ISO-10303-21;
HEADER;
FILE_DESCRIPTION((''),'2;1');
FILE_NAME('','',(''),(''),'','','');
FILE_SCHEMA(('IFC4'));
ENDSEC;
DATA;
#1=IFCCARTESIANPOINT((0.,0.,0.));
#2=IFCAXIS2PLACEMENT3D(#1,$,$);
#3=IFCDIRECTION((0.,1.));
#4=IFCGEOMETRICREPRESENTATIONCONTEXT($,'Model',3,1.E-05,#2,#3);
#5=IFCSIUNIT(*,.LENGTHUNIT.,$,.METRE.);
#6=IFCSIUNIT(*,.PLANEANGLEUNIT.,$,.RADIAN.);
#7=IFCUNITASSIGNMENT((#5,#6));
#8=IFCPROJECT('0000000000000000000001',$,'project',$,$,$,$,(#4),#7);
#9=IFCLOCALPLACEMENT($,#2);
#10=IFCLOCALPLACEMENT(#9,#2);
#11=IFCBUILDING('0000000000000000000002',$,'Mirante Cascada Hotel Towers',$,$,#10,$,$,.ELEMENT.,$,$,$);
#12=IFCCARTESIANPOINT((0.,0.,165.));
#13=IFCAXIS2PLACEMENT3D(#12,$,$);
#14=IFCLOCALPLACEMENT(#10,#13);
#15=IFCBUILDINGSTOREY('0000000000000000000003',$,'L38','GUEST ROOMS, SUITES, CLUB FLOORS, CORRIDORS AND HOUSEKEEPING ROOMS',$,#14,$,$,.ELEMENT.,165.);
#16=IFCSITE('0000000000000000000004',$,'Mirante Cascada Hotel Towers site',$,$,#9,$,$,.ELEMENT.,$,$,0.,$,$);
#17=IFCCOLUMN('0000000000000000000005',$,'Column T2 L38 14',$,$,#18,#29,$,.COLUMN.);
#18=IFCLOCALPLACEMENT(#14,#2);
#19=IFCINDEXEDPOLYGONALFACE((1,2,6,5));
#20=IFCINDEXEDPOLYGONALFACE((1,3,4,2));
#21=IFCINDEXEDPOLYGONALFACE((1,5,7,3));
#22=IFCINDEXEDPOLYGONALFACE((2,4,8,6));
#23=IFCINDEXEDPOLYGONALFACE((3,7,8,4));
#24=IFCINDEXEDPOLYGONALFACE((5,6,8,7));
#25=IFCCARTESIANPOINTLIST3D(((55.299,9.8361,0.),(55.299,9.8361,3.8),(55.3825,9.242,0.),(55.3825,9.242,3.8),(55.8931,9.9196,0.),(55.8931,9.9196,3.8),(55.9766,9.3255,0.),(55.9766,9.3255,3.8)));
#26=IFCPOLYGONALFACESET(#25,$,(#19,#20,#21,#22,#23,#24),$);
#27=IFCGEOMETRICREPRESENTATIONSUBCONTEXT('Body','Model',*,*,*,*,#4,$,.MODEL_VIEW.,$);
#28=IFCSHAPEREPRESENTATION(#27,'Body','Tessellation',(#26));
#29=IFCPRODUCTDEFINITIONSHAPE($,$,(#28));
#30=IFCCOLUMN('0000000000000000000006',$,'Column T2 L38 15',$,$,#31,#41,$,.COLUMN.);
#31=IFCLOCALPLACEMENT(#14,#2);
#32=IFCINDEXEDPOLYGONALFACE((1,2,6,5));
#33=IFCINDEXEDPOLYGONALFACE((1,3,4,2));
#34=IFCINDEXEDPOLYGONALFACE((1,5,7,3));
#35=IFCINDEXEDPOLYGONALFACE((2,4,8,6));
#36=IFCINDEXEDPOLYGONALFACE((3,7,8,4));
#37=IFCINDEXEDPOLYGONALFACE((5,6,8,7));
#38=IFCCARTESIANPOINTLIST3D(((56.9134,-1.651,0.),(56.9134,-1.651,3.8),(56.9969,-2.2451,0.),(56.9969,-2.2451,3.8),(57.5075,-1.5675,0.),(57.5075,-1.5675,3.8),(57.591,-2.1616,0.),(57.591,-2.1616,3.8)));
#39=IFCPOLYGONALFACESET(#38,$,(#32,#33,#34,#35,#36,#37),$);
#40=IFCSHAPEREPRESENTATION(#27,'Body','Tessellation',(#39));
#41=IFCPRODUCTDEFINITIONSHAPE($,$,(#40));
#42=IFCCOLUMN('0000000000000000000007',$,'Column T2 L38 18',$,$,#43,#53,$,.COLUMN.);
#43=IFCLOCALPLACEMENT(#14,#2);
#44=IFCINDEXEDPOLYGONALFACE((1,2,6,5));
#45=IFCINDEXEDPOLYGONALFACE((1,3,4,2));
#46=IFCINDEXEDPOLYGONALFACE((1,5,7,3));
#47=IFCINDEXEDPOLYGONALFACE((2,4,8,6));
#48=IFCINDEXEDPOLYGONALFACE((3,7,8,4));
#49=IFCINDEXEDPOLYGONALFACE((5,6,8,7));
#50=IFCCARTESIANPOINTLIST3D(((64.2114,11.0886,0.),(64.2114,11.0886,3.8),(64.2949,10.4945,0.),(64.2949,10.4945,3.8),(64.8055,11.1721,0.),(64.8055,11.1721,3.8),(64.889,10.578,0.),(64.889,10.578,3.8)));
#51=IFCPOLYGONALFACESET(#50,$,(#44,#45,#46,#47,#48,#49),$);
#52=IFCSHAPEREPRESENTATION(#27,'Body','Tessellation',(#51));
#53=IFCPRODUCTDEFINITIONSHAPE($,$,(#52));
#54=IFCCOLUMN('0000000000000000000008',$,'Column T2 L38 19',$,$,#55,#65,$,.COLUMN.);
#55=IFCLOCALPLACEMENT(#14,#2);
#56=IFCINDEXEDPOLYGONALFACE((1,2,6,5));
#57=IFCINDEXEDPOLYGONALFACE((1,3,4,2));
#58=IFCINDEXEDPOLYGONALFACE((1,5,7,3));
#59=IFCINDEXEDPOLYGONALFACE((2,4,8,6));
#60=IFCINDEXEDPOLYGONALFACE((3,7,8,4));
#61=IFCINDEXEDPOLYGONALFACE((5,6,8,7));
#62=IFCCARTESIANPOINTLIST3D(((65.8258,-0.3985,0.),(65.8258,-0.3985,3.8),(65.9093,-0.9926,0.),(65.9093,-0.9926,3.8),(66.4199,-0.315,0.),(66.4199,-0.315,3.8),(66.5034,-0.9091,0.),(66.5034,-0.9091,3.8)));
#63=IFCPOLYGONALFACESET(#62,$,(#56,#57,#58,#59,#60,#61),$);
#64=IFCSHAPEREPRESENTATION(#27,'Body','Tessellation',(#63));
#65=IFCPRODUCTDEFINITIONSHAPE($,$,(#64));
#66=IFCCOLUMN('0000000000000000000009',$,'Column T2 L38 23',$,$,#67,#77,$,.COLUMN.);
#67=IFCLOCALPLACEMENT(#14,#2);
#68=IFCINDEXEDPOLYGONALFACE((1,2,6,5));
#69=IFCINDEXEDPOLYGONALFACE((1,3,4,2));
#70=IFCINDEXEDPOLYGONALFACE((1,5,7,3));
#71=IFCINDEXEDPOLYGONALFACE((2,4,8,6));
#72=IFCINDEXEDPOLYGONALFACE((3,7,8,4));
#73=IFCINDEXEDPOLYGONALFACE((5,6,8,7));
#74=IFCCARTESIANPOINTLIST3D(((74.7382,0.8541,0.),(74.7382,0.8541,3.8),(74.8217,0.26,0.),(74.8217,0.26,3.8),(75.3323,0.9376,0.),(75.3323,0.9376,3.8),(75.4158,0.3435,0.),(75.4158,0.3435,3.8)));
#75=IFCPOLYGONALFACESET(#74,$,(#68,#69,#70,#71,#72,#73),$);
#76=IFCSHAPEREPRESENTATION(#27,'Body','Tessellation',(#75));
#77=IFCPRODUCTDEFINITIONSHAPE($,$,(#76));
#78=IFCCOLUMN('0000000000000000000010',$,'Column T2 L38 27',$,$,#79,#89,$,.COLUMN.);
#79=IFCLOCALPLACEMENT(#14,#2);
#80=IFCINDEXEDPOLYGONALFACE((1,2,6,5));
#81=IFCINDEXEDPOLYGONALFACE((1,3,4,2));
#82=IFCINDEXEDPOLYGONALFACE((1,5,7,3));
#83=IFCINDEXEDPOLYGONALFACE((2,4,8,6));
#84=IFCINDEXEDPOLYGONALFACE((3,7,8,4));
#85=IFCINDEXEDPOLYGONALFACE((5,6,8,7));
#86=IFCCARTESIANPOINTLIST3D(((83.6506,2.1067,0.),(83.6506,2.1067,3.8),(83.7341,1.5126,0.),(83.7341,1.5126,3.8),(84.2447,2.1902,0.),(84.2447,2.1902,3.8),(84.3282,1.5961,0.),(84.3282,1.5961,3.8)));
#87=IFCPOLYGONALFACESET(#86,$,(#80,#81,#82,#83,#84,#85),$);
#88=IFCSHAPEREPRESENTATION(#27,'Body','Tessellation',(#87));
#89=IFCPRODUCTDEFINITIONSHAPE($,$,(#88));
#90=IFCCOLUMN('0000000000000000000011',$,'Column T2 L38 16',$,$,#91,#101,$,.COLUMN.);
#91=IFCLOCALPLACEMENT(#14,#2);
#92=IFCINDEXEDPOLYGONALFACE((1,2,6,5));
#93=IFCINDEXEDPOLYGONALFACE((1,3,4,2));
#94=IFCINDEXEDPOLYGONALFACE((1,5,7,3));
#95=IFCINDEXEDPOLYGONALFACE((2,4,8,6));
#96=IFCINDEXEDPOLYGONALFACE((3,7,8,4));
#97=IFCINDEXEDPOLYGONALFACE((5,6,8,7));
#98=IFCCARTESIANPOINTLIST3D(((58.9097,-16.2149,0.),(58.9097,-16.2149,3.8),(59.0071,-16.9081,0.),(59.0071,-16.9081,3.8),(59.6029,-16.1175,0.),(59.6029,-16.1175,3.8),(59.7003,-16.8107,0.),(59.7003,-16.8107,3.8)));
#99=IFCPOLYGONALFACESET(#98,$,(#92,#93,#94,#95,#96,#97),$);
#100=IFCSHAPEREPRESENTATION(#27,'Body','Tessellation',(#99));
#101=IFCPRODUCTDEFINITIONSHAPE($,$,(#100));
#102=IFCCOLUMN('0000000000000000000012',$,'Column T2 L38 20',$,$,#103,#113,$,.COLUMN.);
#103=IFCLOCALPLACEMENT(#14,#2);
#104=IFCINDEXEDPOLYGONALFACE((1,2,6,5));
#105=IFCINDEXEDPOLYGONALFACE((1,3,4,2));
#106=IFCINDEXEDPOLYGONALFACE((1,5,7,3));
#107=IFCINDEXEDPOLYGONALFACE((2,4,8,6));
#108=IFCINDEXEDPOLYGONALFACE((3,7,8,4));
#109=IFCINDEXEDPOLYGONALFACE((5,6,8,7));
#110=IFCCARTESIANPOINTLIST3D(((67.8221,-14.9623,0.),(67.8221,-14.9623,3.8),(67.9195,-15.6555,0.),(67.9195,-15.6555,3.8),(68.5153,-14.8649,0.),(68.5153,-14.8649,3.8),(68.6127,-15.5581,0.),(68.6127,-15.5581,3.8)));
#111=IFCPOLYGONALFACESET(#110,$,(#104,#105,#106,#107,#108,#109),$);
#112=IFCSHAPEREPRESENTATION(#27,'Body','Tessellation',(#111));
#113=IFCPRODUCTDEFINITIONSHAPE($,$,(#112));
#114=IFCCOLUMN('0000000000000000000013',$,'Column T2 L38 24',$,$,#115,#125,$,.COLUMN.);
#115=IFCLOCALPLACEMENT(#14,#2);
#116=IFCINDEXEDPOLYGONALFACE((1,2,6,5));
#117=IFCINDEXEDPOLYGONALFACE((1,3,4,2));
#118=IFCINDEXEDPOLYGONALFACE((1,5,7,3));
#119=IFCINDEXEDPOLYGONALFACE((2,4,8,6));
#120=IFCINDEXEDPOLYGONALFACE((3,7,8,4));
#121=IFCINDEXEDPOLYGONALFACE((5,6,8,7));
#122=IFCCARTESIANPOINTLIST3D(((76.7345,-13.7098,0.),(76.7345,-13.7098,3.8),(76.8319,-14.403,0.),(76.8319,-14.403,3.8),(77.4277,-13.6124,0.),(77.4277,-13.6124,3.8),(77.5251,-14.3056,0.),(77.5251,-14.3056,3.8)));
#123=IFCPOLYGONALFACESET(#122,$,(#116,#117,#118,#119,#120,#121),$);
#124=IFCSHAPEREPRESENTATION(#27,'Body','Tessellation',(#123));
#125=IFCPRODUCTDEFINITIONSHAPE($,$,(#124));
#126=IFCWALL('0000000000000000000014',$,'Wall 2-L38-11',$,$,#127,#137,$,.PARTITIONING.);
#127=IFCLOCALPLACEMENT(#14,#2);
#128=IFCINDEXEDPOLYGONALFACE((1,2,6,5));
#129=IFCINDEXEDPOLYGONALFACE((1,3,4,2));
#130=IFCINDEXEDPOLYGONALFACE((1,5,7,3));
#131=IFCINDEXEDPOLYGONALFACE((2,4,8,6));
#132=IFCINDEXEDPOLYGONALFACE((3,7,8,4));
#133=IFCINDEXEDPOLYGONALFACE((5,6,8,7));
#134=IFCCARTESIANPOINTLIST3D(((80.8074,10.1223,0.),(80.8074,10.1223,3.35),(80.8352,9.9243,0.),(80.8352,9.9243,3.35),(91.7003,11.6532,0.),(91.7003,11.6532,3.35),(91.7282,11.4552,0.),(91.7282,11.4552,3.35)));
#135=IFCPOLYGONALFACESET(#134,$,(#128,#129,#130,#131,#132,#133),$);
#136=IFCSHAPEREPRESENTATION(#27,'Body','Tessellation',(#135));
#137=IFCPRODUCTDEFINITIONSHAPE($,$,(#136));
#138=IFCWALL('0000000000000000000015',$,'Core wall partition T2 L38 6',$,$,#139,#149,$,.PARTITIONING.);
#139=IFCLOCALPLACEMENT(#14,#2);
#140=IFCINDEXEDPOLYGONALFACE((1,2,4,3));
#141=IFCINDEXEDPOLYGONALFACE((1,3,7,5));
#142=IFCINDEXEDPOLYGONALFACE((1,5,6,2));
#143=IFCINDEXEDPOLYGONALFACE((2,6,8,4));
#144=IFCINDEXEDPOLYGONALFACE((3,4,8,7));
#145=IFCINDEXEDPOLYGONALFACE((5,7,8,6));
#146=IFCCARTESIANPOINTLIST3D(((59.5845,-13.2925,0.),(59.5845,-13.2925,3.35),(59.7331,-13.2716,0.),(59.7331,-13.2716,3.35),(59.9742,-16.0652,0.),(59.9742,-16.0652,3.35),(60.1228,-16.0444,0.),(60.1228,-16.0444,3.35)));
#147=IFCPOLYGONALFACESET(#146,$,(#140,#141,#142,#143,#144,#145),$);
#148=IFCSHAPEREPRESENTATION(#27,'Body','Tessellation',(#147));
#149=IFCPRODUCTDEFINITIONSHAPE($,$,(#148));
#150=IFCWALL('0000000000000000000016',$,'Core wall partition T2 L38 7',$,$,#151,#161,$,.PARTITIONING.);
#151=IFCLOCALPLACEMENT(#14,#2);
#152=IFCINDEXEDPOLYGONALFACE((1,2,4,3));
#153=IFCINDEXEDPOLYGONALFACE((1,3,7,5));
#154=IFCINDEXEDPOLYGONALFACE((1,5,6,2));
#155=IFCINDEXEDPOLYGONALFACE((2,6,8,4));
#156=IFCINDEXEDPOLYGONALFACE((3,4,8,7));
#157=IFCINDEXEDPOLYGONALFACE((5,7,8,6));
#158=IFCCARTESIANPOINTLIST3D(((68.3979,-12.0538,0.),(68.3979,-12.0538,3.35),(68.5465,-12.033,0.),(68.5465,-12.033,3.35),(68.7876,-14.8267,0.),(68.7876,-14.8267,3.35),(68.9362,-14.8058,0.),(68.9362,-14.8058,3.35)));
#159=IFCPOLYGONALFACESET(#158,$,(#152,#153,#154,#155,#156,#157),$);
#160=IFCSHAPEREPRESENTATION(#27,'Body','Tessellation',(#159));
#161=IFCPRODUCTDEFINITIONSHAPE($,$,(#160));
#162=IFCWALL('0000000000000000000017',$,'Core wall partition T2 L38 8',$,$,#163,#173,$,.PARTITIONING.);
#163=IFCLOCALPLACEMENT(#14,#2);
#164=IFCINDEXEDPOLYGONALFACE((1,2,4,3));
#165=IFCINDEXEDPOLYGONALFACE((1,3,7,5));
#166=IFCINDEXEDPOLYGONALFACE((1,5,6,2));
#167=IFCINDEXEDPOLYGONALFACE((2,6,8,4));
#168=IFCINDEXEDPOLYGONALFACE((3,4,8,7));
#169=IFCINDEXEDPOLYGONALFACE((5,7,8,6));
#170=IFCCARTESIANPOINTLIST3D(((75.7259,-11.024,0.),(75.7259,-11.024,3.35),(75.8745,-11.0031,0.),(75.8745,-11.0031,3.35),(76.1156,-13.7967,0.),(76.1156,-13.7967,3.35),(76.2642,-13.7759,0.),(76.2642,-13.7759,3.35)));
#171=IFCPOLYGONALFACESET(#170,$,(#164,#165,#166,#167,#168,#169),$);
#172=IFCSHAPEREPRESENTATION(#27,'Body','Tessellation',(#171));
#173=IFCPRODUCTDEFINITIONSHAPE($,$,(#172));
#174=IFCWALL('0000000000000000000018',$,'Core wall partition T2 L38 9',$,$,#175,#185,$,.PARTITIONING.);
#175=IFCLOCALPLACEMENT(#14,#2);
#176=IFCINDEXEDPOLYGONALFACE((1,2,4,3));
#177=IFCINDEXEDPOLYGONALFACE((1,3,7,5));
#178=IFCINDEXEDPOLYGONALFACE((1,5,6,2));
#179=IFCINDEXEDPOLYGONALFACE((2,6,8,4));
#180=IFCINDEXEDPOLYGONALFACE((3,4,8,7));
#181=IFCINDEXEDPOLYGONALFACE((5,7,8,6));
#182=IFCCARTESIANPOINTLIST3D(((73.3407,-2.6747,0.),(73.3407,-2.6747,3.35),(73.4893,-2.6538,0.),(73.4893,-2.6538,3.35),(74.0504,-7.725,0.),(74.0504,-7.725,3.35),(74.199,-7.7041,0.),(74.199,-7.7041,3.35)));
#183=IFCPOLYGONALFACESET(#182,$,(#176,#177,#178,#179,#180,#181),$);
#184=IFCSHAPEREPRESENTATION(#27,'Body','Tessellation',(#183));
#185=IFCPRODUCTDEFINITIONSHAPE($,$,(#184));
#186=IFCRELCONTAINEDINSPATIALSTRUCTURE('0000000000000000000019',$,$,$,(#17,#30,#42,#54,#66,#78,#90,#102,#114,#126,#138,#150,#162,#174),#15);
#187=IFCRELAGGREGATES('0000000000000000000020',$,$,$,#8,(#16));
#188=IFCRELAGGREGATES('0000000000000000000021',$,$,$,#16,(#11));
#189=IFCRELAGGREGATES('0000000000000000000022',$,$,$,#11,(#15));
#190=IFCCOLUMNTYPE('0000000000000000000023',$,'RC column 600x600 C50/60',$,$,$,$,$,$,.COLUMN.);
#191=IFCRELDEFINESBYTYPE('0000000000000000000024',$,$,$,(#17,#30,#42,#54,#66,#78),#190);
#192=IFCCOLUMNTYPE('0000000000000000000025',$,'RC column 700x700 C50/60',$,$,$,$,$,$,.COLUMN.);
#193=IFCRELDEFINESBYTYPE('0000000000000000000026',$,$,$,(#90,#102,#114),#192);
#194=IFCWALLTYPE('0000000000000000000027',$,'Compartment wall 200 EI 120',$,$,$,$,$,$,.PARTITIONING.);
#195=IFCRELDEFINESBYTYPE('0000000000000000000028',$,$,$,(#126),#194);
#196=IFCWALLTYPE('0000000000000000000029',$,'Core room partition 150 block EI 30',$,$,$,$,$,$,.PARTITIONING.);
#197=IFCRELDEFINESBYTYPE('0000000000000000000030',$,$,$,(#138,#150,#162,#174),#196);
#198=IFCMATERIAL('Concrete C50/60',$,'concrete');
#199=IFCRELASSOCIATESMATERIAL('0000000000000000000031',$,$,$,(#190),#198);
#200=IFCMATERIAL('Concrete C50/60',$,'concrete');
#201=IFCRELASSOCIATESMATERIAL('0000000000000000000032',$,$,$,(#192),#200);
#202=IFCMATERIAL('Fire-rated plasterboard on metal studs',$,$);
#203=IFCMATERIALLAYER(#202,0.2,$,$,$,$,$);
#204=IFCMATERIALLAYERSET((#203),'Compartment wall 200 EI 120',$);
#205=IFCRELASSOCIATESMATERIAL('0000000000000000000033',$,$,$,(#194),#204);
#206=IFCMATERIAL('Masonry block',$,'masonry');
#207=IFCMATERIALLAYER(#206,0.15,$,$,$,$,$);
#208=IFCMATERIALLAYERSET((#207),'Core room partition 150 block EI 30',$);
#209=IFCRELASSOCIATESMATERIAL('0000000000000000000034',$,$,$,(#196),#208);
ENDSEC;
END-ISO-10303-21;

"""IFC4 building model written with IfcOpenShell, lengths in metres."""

from ifc_helpers import new_model, si_unit, direction, frame, frame_2d, origin, origin_2d, place, context, subcontext, project, spatial, rectangle, extrude, material, layer, layer_set, material_profile, profile_set, type_object, element, save


model = new_model("IFC4")

# Units and contexts
model_context = context("Model", 3, precision=1e-05, world=origin(), true_north=direction((0.0, 1.0)))
body_context = subcontext(model_context, "Body", "Model", "MODEL_VIEW")
ifc_project = project(units=[si_unit("LENGTHUNIT", "METRE"), si_unit("PLANEANGLEUNIT", "RADIAN")], contexts=[model_context])

# Site, building, storey
site_placement = place(None, origin())
site = spatial("IfcSite", under=ifc_project, at=site_placement, Name="Mirante Cascada Hotel Towers site", CompositionType="ELEMENT", RefElevation=0.0)
building_placement = place(site_placement, origin())
building = spatial("IfcBuilding", under=site, at=building_placement, Name="Mirante Cascada Hotel Towers", CompositionType="ELEMENT")
storey_placement = place(building_placement, frame((0.0, 0.0, 165.0)))
storey = spatial("IfcBuildingStorey", under=building, at=storey_placement, Name="L38", Description="GUEST ROOMS, SUITES, CLUB FLOORS, CORRIDORS AND HOUSEKEEPING ROOMS", CompositionType="ELEMENT", Elevation=165.0)

# Columns
ifc_material_1 = material(Name="Concrete C50/60", Category="concrete")
ifc_material_profile_1 = material_profile(ifc_material_1, rectangle(XDim=0.6, YDim=0.6, at=origin_2d()), Name="RC column 600x600 C50/60")
ifc_profile_set_1 = profile_set([ifc_material_profile_1], Name="Concrete C50/60")
column_type_1 = type_object("IfcColumnType", Name="RC column 600x600 C50/60", PredefinedType="COLUMN", material=ifc_profile_set_1)
for number, where, z_axis, x_axis, name in (
    (1, (55.6378, 9.5808, 0.0), (0.0, 0.0, 1.0), (0.990268, 0.139173, 0.0), "Column T2 L38 14"),
    (2, (57.2522, -1.9063, 0.0), (0.0, 0.0, 1.0), (0.990268, 0.139173, 0.0), "Column T2 L38 15"),
    (3, (64.5502, 10.8333, 0.0), (0.0, 0.0, 1.0), (0.990268, 0.139173, 0.0), "Column T2 L38 18"),
    (4, (66.1646, -0.6538, 0.0), (0.0, 0.0, 1.0), (0.990268, 0.139173, 0.0), "Column T2 L38 19"),
    (5, (75.077, 0.5988, 0.0), (0.0, 0.0, 1.0), (0.990268, 0.139173, 0.0), "Column T2 L38 23"),
    (6, (83.9894, 1.8514, 0.0), (0.0, 0.0, 1.0), (0.990268, 0.139173, 0.0), "Column T2 L38 27"),
):
    element("IfcColumn", number, at=place(storey_placement, frame(where, z_axis=z_axis, x_axis=x_axis)), inside=storey, type_object=column_type_1, Name=name, PredefinedType="COLUMN", context=body_context, shape_type="SweptSolid", body=[
        extrude(rectangle(XDim=0.6, YDim=0.6, at=origin_2d()), origin(), (0.0, 0.0, 1.0), 3.8),
    ])
ifc_material_2 = material(Name="Concrete C50/60", Category="concrete")
ifc_material_profile_2 = material_profile(ifc_material_2, rectangle(XDim=0.7, YDim=0.7, at=origin_2d()), Name="RC column 700x700 C50/60")
ifc_profile_set_2 = profile_set([ifc_material_profile_2], Name="Concrete C50/60")
column_type_2 = type_object("IfcColumnType", Name="RC column 700x700 C50/60", PredefinedType="COLUMN", material=ifc_profile_set_2)
for number, where, z_axis, x_axis, name in (
    (7, (59.305, -16.5128, 0.0), (0.0, 0.0, 1.0), (0.990268, 0.139173, 0.0), "Column T2 L38 16"),
    (8, (68.2174, -15.2602, 0.0), (0.0, 0.0, 1.0), (0.990268, 0.139173, 0.0), "Column T2 L38 20"),
    (9, (77.1298, -14.0077, 0.0), (0.0, 0.0, 1.0), (0.990268, 0.139173, 0.0), "Column T2 L38 24"),
):
    element("IfcColumn", number, at=place(storey_placement, frame(where, z_axis=z_axis, x_axis=x_axis)), inside=storey, type_object=column_type_2, Name=name, PredefinedType="COLUMN", context=body_context, shape_type="SweptSolid", body=[
        extrude(rectangle(XDim=0.7, YDim=0.7, at=origin_2d()), origin(), (0.0, 0.0, 1.0), 3.8),
    ])

# Walls
ifc_material_3 = material(Name="Fire-rated plasterboard on metal studs")
ifc_layer_1 = layer(ifc_material_3, 0.2)
ifc_layer_set_1 = layer_set([ifc_layer_1], Name="Compartment wall 200 EI 120")
wall_type_1 = type_object("IfcWallType", Name="Compartment wall 200 EI 120", PredefinedType="PARTITIONING", material=ifc_layer_set_1)
wall_1_placement = place(storey_placement, frame((80.8213, 10.0233, 0.0), z_axis=(0.0, 0.0, 1.0), x_axis=(0.990268, 0.139173, 0.0)))
element("IfcWall", 10, at=wall_1_placement, inside=storey, type_object=wall_type_1, Name="Wall 2-L38-11", PredefinedType="PARTITIONING", context=body_context, shape_type="SweptSolid", body=[
    extrude(rectangle(XDim=11.0, YDim=0.2, at=frame_2d((5.5, 0.0))), origin(), (0.0, 0.0, 1.0), 3.35),
])
ifc_material_4 = material(Name="Masonry block", Category="masonry")
ifc_layer_2 = layer(ifc_material_4, 0.15)
ifc_layer_set_2 = layer_set([ifc_layer_2], Name="Core room partition 150 block EI 30")
wall_type_2 = type_object("IfcWallType", Name="Core room partition 150 block EI 30", PredefinedType="PARTITIONING", material=ifc_layer_set_2)
wall_2_placement = place(storey_placement, frame((60.0485, -16.0548, 0.0), z_axis=(0.0, 0.0, 1.0), x_axis=(-0.139181, 0.990267, 0.0)))
element("IfcWall", 11, at=wall_2_placement, inside=storey, type_object=wall_type_2, Name="Core wall partition T2 L38 6", PredefinedType="PARTITIONING", context=body_context, shape_type="SweptSolid", body=[
    extrude(rectangle(XDim=2.8, YDim=0.15, at=frame_2d((1.4, 0.0))), origin(), (0.0, 0.0, 1.0), 3.35),
])
wall_3_placement = place(storey_placement, frame((68.8619, -14.8162, 0.0), z_axis=(0.0, 0.0, 1.0), x_axis=(-0.139176, 0.990268, 0.0)))
element("IfcWall", 12, at=wall_3_placement, inside=storey, type_object=wall_type_2, Name="Core wall partition T2 L38 7", PredefinedType="PARTITIONING", context=body_context, shape_type="SweptSolid", body=[
    extrude(rectangle(XDim=2.8001, YDim=0.15, at=frame_2d((1.4, 0.0))), origin(), (0.0, 0.0, 1.0), 3.35),
])
wall_4_placement = place(storey_placement, frame((76.1899, -13.7863, 0.0), z_axis=(0.0, 0.0, 1.0), x_axis=(-0.139181, 0.990267, 0.0)))
element("IfcWall", 13, at=wall_4_placement, inside=storey, type_object=wall_type_2, Name="Core wall partition T2 L38 8", PredefinedType="PARTITIONING", context=body_context, shape_type="SweptSolid", body=[
    extrude(rectangle(XDim=2.8, YDim=0.15, at=frame_2d((1.4, 0.0))), origin(), (0.0, 0.0, 1.0), 3.35),
])
wall_5_placement = place(storey_placement, frame((74.1247, -7.7146, 0.0), z_axis=(0.0, 0.0, 1.0), x_axis=(-0.139159, 0.99027, 0.0)))
element("IfcWall", 14, at=wall_5_placement, inside=storey, type_object=wall_type_2, Name="Core wall partition T2 L38 9", PredefinedType="PARTITIONING", context=body_context, shape_type="SweptSolid", body=[
    extrude(rectangle(XDim=5.0999, YDim=0.15, at=frame_2d((2.55, 0.0))), origin(), (0.0, 0.0, 1.0), 3.35),
])

save(model, "model.ifc")
